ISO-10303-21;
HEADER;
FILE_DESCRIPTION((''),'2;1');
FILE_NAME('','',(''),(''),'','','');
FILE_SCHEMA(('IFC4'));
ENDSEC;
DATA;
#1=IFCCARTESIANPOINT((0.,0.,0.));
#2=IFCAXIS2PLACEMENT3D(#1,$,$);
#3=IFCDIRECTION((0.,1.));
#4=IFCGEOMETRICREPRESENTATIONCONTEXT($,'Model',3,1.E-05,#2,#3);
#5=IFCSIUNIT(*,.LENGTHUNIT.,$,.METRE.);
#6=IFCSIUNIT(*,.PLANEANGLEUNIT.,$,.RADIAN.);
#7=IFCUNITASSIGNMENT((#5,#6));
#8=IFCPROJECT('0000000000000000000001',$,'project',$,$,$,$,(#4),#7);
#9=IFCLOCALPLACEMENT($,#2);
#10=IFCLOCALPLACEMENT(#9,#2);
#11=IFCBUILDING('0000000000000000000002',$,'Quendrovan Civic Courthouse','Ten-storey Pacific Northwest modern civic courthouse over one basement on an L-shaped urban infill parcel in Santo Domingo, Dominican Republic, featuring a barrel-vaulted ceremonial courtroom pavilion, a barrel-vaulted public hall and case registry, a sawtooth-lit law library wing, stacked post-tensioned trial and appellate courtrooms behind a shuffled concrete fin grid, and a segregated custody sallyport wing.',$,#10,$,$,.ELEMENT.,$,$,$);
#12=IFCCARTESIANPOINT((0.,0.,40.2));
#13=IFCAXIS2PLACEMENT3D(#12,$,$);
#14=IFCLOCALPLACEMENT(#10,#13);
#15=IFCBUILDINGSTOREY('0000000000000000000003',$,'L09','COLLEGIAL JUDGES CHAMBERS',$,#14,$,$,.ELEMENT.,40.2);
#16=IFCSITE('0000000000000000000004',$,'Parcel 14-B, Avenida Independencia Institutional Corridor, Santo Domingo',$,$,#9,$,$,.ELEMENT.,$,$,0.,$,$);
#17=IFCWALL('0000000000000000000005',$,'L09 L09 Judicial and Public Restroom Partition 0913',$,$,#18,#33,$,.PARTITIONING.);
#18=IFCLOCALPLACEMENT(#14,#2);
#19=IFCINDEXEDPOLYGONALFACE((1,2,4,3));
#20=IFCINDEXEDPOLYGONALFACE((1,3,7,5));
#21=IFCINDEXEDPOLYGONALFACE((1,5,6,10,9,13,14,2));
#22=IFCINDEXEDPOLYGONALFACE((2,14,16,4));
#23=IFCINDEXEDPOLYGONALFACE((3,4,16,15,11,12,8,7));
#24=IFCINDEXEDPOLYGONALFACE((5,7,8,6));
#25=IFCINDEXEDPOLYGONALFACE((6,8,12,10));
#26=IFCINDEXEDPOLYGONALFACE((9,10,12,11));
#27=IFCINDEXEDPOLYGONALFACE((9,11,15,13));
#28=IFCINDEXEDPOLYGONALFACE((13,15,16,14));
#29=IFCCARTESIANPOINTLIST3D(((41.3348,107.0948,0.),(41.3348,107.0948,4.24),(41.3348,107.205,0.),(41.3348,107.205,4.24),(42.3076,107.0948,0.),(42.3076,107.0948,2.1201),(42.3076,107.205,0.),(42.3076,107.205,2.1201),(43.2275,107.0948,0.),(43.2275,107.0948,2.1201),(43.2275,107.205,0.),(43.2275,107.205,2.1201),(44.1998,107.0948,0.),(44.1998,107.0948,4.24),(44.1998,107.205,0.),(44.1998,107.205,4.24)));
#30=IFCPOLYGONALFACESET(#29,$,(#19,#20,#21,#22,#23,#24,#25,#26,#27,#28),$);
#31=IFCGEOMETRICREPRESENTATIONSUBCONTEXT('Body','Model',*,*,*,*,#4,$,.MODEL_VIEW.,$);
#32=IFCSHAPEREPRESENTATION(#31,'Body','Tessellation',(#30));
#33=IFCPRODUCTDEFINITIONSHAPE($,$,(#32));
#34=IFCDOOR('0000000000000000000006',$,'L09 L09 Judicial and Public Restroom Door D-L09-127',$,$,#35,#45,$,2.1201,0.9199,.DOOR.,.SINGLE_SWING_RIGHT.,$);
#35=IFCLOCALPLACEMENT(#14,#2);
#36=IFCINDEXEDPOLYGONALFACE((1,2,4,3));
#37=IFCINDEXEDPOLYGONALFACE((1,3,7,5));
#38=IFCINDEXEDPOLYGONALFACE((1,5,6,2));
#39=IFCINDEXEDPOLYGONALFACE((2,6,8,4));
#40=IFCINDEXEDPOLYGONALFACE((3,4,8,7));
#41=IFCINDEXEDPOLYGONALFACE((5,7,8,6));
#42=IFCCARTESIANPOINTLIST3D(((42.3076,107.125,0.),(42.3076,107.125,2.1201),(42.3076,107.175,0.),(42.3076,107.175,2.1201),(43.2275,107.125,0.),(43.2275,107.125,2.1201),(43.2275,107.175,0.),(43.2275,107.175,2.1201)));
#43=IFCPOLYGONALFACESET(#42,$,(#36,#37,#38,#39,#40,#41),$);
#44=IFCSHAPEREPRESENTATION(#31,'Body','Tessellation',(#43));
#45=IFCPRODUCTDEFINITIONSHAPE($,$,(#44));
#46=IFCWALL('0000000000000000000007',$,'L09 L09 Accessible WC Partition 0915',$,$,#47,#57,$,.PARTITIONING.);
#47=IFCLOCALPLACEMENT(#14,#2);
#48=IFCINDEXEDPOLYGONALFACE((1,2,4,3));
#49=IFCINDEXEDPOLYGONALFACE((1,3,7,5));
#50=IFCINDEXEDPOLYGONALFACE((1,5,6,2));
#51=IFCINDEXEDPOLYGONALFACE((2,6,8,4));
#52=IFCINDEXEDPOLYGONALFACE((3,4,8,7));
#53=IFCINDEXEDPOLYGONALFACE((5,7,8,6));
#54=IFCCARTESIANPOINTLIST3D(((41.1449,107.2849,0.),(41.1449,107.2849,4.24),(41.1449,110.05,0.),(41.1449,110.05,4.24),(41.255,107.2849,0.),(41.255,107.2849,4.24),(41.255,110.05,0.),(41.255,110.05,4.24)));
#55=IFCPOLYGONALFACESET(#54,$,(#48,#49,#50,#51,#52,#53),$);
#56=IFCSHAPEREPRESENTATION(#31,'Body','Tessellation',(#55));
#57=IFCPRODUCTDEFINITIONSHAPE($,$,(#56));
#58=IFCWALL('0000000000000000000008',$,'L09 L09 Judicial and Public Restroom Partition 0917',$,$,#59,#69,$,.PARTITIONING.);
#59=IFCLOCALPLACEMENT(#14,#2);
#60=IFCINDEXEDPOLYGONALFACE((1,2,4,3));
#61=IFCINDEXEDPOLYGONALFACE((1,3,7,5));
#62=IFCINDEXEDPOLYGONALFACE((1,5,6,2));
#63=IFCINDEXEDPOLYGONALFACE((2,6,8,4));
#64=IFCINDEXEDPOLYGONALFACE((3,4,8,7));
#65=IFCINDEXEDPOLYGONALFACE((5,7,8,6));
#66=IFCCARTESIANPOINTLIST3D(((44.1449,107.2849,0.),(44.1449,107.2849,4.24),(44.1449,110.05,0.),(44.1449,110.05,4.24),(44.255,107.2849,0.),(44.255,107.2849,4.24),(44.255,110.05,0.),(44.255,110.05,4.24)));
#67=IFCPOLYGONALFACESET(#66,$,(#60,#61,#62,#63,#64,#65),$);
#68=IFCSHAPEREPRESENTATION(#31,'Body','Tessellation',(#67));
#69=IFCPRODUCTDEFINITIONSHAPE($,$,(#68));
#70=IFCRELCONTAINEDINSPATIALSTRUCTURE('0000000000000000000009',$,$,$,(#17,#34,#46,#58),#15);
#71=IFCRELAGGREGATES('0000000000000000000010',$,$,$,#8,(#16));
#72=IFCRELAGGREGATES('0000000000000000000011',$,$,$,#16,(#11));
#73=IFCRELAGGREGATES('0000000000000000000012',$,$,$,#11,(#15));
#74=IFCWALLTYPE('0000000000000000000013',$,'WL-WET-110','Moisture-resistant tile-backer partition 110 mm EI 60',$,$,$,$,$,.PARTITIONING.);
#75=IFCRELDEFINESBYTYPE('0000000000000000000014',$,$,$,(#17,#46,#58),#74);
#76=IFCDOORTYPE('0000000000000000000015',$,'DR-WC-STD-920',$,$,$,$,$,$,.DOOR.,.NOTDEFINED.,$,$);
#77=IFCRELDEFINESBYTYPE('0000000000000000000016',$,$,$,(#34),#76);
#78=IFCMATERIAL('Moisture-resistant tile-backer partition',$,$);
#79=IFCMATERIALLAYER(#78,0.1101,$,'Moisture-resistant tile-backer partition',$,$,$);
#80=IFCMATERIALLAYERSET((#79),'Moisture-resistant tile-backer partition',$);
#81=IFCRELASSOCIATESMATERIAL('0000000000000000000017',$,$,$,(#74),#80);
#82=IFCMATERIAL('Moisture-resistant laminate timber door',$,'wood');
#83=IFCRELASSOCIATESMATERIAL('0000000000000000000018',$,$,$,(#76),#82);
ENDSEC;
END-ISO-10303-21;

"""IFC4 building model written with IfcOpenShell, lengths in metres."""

from ifc_helpers import new_model, si_unit, direction, frame, frame_2d, origin, place, context, subcontext, project, spatial, rectangle, extrude, material, layer, layer_set, type_object, element, fill, save


model = new_model("IFC4")

# Units and contexts
model_context = context("Model", 3, precision=1e-05, world=origin(), true_north=direction((0.0, 1.0)))
body_context = subcontext(model_context, "Body", "Model", "MODEL_VIEW")
ifc_project = project(units=[si_unit("LENGTHUNIT", "METRE"), si_unit("PLANEANGLEUNIT", "RADIAN")], contexts=[model_context])

# Site, building, storey
site_placement = place(None, origin())
site = spatial("IfcSite", under=ifc_project, at=site_placement, Name="Parcel 14-B, Avenida Independencia Institutional Corridor, Santo Domingo", CompositionType="ELEMENT", RefElevation=0.0)
building_placement = place(site_placement, origin())
building = spatial("IfcBuilding", under=site, at=building_placement, Name="Quendrovan Civic Courthouse", Description="Ten-storey Pacific Northwest modern civic courthouse over one basement on an L-shaped urban infill parcel in Santo Domingo, Dominican Republic, featuring a barrel-vaulted ceremonial courtroom pavilion, a barrel-vaulted public hall and case registry, a sawtooth-lit law library wing, stacked post-tensioned trial and appellate courtrooms behind a shuffled concrete fin grid, and a segregated custody sallyport wing.", CompositionType="ELEMENT")
storey_placement = place(building_placement, frame((0.0, 0.0, 40.2)))
storey = spatial("IfcBuildingStorey", under=building, at=storey_placement, Name="L09", Description="COLLEGIAL JUDGES CHAMBERS", CompositionType="ELEMENT", Elevation=40.2)

# Wall, opening, door
ifc_material_1 = material(Name="Moisture-resistant tile-backer partition")
ifc_layer_1 = layer(ifc_material_1, 0.1101, Name="Moisture-resistant tile-backer partition")
ifc_layer_set_1 = layer_set([ifc_layer_1], Name="Moisture-resistant tile-backer partition")
wall_type_1 = type_object("IfcWallType", Name="WL-WET-110", Description="Moisture-resistant tile-backer partition 110 mm EI 60", PredefinedType="PARTITIONING", material=ifc_layer_set_1)
ifc_material_2 = material(Name="Moisture-resistant laminate timber door", Category="wood")
wall_1_placement = place(storey_placement, frame((44.2, 107.1499, 0.0), z_axis=(0.0, 0.0, 1.0), x_axis=(-1.0, 0.0, 0.0)))
wall_1 = element("IfcWall", 1, at=wall_1_placement, inside=storey, type_object=wall_type_1, Name="L09 L09 Judicial and Public Restroom Partition 0913", PredefinedType="PARTITIONING", context=body_context, shape_type="SweptSolid", body=[
    extrude(rectangle(XDim=2.865, YDim=0.1101, at=frame_2d((1.4326, 0.0))), origin(), (0.0, 0.0, 1.0), 4.24),
])
opening_1_placement = place(wall_1_placement, frame((0.9724, 0.0, 0.0)))
opening_1 = element("IfcOpeningElement", 2, at=opening_1_placement, cuts=wall_1, PredefinedType="OPENING", context=body_context, shape_type="SweptSolid", body=[
    extrude(rectangle(XDim=0.9199, YDim=2.1201, at=frame_2d((0.46, 1.0601))), frame((0.0, 0.0649, 0.0), z_axis=(0.0, -1.0, 0.0), x_axis=(1.0, 0.0, 0.0)), (0.0, 0.0, 1.0), 0.1301),
])
door_type_1 = type_object("IfcDoorType", Name="DR-WC-STD-920", OperationType="NOTDEFINED", PredefinedType="DOOR", material=ifc_material_2)
door_1_placement = place(opening_1_placement, origin())
door_1 = element("IfcDoor", 3, at=door_1_placement, inside=storey, type_object=door_type_1, Name="L09 L09 Judicial and Public Restroom Door D-L09-127", OperationType="SINGLE_SWING_RIGHT", OverallHeight=2.1201, OverallWidth=0.9199, PredefinedType="DOOR", context=body_context, shape_type="SweptSolid", body=[
    extrude(rectangle(XDim=0.9199, YDim=2.1201, at=frame_2d((0.46, 1.0601))), frame((0.0, 0.0249, 0.0), z_axis=(0.0, -1.0, 0.0), x_axis=(1.0, 0.0, 0.0)), (0.0, 0.0, 1.0), 0.05),
])
fill(opening_1, door_1)

# Walls
for number, where, z_axis, x_axis, name in (
    (4, (41.2, 110.05, 0.0), (0.0, 0.0, 1.0), (0.0, -1.0, 0.0), "L09 L09 Accessible WC Partition 0915"),
    (5, (44.2, 110.05, 0.0), (0.0, 0.0, 1.0), (0.0, -1.0, 0.0), "L09 L09 Judicial and Public Restroom Partition 0917"),
):
    element("IfcWall", number, at=place(storey_placement, frame(where, z_axis=z_axis, x_axis=x_axis)), inside=storey, type_object=wall_type_1, Name=name, PredefinedType="PARTITIONING", context=body_context, shape_type="SweptSolid", body=[
        extrude(rectangle(XDim=2.7651, YDim=0.1101, at=frame_2d((1.3826, 0.0))), origin(), (0.0, 0.0, 1.0), 4.24),
    ])

save(model, "model.ifc")
